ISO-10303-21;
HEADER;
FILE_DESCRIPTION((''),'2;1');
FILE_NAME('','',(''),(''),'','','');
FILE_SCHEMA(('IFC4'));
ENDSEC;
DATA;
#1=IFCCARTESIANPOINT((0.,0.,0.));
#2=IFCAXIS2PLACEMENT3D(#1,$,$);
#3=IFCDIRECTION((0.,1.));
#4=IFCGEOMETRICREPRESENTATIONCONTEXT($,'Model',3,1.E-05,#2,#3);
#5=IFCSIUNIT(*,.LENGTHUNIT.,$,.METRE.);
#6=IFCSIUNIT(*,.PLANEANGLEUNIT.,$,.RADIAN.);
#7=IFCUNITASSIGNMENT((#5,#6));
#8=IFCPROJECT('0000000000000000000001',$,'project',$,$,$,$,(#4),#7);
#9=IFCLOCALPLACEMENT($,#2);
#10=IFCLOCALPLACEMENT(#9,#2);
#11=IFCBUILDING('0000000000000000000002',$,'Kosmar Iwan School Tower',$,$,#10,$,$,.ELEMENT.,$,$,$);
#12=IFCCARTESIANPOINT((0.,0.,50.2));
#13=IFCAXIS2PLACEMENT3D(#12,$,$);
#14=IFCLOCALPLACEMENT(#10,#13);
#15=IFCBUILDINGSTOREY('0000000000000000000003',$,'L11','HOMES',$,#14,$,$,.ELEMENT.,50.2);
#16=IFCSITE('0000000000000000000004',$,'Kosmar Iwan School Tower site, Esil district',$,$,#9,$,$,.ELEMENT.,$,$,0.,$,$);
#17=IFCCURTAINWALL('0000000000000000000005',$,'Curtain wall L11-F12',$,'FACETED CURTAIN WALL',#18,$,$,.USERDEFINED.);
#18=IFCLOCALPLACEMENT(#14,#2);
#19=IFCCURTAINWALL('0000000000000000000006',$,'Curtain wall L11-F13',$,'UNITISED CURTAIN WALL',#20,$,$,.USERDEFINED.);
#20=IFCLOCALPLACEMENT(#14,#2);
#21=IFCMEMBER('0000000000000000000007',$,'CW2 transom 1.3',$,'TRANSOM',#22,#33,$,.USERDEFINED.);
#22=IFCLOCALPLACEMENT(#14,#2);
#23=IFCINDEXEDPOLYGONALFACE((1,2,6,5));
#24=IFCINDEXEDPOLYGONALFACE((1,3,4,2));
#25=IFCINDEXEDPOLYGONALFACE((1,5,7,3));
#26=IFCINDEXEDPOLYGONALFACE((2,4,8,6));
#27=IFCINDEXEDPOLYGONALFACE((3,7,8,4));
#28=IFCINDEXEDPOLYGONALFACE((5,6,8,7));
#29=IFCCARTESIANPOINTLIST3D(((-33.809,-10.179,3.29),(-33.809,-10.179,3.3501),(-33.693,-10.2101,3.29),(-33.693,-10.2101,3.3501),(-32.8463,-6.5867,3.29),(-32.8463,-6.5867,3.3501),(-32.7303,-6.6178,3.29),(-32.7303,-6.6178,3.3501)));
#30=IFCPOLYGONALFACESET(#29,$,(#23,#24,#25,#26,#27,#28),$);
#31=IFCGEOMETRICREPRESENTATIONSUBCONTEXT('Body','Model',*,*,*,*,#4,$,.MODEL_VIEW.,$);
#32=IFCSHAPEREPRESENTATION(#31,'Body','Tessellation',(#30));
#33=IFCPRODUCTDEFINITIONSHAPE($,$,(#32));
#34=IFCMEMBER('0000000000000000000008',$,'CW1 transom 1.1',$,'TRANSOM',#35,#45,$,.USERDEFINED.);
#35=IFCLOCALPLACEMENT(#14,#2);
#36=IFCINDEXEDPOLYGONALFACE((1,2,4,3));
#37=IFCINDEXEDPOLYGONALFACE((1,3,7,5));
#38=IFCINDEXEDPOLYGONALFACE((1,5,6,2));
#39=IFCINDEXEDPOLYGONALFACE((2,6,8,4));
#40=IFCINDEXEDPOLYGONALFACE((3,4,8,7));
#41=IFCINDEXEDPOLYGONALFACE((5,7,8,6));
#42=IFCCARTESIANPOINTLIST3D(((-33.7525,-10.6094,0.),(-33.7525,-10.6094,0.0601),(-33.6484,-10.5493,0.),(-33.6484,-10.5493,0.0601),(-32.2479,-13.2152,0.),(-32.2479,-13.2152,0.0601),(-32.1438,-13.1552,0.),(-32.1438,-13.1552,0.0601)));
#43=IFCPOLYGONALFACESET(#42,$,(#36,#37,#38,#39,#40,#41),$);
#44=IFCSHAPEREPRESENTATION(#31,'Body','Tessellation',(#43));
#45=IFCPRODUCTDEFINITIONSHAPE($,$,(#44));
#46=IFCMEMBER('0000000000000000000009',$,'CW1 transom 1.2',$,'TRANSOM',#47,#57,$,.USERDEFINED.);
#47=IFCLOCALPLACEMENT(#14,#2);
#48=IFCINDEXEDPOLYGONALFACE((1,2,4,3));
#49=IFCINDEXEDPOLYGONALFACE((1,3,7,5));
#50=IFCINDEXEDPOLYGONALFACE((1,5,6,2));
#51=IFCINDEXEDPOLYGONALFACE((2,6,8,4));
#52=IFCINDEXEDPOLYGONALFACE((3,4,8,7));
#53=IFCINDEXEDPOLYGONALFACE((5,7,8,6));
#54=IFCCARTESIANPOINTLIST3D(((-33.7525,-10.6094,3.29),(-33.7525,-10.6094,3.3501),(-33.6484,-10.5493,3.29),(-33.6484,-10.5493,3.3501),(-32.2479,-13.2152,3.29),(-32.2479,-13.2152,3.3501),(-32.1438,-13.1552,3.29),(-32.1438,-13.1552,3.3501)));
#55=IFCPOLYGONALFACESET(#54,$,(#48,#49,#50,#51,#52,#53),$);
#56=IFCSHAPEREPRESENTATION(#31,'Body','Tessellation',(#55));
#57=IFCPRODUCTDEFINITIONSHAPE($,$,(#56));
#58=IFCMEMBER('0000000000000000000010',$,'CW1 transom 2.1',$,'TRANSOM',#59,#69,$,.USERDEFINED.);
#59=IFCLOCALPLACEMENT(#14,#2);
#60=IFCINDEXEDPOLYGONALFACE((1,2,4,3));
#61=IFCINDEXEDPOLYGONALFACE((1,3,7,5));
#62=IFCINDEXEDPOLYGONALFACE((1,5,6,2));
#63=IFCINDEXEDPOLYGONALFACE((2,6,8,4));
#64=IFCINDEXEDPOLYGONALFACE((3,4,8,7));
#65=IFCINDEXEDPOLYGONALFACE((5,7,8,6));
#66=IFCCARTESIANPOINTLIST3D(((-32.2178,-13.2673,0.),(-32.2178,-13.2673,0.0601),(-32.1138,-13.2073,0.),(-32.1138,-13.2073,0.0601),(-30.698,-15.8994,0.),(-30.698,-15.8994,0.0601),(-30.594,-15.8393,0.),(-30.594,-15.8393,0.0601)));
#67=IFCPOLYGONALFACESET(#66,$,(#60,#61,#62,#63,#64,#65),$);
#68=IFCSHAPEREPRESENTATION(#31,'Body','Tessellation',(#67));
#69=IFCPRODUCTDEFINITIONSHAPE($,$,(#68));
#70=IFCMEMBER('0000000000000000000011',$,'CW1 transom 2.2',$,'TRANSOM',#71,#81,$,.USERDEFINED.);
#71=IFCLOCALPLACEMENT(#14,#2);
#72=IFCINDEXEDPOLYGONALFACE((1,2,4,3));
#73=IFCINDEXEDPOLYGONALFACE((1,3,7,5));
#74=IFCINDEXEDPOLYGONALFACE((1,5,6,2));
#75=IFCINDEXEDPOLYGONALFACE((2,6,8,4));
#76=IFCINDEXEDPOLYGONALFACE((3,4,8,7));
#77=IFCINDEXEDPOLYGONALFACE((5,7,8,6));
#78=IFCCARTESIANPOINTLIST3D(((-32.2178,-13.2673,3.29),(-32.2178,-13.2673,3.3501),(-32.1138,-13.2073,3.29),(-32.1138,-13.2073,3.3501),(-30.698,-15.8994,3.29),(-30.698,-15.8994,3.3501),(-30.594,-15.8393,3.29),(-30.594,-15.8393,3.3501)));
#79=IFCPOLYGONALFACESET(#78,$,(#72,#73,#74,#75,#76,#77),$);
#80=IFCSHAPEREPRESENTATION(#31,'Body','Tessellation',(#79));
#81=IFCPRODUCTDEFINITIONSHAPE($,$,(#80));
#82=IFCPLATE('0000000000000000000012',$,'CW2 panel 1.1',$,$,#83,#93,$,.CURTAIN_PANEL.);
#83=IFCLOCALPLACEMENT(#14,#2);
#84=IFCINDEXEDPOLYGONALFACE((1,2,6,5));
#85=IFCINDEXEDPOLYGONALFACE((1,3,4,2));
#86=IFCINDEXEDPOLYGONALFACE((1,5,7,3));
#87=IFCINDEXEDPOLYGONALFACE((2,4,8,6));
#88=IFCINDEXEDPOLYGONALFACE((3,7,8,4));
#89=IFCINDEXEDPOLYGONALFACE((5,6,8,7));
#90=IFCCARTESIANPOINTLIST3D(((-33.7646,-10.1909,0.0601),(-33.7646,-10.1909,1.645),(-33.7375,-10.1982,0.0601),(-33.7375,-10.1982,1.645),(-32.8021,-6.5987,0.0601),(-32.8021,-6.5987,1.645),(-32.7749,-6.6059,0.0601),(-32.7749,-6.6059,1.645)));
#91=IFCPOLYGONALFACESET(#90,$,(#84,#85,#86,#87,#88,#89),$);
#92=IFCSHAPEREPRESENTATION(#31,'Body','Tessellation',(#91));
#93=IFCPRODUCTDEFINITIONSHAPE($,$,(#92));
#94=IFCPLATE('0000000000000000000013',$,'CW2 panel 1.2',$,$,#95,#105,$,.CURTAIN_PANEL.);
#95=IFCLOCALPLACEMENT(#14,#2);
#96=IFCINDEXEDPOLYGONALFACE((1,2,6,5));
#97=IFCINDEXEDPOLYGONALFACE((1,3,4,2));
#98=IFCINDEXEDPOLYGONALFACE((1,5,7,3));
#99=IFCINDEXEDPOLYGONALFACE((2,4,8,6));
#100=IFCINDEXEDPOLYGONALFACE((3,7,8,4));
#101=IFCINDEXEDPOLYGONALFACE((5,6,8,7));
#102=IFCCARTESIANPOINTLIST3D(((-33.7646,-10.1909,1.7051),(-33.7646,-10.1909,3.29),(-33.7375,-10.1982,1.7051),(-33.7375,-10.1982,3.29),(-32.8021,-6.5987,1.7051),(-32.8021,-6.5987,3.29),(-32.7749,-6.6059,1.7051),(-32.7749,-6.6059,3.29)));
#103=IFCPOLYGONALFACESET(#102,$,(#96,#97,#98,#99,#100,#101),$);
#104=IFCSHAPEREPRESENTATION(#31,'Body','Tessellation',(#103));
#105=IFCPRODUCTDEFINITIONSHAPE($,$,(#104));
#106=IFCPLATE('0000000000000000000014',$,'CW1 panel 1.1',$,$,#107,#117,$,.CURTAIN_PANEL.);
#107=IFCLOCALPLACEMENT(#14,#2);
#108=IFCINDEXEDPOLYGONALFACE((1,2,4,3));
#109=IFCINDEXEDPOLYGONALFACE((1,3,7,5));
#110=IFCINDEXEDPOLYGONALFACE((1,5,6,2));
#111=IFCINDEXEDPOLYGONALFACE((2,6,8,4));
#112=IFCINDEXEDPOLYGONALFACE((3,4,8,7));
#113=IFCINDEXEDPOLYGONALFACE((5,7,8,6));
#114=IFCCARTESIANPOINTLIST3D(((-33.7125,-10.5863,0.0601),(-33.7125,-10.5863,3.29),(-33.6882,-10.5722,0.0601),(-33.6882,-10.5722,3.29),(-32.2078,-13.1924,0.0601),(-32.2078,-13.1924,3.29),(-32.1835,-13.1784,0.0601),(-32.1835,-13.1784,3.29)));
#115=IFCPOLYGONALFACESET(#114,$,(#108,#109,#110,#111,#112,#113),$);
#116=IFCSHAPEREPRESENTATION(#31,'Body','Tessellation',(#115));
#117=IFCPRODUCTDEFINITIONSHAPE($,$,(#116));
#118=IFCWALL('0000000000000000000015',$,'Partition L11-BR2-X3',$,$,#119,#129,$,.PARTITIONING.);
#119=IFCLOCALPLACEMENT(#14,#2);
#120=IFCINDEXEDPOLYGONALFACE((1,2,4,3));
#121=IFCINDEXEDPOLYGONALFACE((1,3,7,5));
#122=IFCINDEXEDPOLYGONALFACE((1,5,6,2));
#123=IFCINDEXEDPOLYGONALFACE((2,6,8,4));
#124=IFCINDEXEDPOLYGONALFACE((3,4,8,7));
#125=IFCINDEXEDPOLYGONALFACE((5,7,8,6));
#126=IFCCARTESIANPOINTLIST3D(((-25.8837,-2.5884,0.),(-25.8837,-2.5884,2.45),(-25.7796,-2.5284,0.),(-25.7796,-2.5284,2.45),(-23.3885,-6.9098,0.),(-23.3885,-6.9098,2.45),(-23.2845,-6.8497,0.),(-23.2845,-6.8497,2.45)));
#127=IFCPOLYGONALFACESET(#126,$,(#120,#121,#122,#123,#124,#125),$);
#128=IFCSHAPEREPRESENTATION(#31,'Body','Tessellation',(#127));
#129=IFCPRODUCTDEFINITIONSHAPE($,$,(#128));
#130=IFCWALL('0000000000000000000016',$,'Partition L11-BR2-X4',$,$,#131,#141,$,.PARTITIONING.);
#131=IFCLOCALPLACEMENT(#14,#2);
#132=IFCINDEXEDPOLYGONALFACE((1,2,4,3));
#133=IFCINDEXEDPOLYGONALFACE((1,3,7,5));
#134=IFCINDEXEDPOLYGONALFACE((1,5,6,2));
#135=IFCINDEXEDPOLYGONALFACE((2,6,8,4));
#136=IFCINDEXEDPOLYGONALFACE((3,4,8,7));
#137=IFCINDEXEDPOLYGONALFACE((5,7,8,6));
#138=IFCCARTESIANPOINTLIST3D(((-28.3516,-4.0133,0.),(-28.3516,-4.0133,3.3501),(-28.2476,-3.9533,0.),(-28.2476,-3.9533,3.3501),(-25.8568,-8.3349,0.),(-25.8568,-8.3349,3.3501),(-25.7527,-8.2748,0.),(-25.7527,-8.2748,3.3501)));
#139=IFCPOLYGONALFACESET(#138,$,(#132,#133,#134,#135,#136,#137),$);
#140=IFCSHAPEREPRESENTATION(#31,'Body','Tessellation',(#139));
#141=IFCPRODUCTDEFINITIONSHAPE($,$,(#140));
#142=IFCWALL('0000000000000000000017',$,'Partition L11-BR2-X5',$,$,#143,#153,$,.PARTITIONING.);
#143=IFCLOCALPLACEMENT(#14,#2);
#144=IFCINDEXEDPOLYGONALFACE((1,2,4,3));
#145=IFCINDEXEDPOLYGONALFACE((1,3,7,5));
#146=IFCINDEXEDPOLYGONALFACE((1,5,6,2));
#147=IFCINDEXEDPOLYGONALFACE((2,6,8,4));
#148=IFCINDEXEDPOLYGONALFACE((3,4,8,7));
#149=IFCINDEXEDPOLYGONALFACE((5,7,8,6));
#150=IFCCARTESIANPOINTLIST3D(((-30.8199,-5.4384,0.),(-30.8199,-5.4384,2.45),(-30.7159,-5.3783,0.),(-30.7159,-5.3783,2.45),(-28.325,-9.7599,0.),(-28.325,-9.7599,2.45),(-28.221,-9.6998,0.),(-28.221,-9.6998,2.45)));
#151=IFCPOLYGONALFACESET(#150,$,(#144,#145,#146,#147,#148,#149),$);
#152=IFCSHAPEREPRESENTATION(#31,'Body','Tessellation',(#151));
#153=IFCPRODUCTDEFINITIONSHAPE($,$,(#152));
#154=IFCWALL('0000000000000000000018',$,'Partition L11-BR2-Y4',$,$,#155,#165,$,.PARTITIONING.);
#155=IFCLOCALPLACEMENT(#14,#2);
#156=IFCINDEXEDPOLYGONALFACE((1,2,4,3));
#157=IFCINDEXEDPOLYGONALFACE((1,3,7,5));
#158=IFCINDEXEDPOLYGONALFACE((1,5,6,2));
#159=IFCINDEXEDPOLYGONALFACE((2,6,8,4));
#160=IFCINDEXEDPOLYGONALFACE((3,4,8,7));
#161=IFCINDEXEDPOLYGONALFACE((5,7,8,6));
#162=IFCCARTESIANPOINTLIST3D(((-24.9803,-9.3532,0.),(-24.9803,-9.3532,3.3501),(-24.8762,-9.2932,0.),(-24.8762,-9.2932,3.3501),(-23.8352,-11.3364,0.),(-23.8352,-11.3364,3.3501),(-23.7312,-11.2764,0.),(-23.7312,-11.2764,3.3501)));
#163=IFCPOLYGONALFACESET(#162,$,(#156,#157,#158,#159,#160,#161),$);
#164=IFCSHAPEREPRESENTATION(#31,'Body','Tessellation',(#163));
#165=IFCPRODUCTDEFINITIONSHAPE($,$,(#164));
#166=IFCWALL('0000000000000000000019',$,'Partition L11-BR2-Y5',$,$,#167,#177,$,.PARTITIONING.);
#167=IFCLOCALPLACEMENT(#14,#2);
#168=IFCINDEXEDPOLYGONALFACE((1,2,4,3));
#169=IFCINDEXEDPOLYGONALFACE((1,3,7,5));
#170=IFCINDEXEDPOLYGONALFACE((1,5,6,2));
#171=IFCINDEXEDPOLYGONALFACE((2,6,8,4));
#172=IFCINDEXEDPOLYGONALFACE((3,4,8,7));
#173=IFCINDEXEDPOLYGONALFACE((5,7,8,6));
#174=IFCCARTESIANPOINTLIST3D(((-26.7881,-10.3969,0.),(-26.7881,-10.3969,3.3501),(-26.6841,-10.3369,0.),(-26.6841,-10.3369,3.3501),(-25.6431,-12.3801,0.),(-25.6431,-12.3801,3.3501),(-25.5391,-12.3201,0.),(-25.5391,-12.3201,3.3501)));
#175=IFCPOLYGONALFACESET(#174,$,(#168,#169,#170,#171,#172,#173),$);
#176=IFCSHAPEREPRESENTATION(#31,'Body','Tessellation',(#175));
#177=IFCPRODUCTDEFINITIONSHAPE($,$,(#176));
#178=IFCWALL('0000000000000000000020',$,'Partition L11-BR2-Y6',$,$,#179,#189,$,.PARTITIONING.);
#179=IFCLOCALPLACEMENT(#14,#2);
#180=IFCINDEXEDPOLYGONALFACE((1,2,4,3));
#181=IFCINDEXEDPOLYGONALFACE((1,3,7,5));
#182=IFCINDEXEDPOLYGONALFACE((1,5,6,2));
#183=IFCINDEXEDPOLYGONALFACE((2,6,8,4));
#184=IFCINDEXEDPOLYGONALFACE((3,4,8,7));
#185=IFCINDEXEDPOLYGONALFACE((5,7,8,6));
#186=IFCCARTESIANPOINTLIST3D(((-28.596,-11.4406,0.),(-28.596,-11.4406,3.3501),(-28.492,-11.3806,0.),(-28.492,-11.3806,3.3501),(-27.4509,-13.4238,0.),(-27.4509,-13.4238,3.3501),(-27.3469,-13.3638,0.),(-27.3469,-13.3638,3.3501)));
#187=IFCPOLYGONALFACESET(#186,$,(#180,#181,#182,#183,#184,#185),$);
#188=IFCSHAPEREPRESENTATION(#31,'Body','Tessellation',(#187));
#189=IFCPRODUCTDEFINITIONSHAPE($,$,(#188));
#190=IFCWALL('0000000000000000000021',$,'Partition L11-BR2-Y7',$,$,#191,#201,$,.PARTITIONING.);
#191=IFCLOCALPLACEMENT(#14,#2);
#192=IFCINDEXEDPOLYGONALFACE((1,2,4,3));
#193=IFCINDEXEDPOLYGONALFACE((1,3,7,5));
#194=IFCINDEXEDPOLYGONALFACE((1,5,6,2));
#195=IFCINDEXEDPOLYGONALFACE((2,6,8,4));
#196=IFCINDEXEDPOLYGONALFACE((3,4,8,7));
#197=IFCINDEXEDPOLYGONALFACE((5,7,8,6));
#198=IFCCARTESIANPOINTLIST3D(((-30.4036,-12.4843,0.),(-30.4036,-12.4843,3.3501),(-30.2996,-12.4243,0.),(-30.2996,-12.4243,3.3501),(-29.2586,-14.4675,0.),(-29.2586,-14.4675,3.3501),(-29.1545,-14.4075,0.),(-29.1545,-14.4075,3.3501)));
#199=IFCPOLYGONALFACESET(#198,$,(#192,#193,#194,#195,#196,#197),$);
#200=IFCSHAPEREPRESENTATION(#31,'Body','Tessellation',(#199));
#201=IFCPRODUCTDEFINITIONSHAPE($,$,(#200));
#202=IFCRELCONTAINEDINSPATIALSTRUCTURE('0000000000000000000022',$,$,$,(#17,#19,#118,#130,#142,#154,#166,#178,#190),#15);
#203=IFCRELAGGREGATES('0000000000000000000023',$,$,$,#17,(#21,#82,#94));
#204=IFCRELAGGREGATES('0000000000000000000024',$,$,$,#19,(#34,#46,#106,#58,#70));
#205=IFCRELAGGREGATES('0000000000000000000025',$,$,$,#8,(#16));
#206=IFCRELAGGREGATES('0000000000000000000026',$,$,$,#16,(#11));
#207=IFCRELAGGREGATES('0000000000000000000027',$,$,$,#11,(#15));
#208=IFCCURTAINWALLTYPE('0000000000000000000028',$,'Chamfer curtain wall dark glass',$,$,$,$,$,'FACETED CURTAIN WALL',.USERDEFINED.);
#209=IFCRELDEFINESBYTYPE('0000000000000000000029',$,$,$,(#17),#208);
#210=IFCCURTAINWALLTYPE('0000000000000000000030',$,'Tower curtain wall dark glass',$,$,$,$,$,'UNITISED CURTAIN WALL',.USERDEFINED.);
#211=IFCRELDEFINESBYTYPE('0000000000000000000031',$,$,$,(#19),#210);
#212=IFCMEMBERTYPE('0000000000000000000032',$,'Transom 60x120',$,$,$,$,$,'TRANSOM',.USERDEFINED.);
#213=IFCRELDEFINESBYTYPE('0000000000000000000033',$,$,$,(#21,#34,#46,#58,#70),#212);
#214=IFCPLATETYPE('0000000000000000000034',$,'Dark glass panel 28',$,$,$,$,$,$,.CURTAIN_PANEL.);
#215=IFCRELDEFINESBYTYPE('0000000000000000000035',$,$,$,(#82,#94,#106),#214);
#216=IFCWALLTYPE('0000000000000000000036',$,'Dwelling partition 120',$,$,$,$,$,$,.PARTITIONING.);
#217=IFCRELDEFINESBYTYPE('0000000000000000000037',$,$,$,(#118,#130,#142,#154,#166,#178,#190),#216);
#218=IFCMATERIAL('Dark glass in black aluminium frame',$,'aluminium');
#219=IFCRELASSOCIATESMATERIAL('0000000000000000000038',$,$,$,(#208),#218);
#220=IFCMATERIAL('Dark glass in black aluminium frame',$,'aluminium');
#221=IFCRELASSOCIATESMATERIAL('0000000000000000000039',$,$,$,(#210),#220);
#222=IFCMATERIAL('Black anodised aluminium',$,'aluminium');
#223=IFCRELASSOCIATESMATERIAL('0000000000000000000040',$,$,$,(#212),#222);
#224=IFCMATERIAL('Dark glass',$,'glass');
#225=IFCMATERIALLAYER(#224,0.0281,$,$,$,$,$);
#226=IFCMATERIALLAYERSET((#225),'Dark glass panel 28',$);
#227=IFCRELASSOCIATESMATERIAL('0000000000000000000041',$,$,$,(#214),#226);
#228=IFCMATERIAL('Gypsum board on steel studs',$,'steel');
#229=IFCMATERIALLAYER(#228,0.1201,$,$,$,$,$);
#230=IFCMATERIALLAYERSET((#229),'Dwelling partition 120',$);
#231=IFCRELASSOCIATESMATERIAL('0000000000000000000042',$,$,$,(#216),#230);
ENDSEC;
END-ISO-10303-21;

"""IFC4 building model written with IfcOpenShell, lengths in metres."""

from ifc_helpers import new_model, si_unit, direction, frame, frame_2d, origin, origin_2d, place, context, subcontext, project, spatial, rectangle, extrude, material, layer, layer_set, material_profile, profile_set, type_object, element, aggregate, save


model = new_model("IFC4")

# Units and contexts
model_context = context("Model", 3, precision=1e-05, world=origin(), true_north=direction((0.0, 1.0)))
body_context = subcontext(model_context, "Body", "Model", "MODEL_VIEW")
ifc_project = project(units=[si_unit("LENGTHUNIT", "METRE"), si_unit("PLANEANGLEUNIT", "RADIAN")], contexts=[model_context])

# Site, building, storey
site_placement = place(None, origin())
site = spatial("IfcSite", under=ifc_project, at=site_placement, Name="Kosmar Iwan School Tower site, Esil district", CompositionType="ELEMENT", RefElevation=0.0)
building_placement = place(site_placement, origin())
building = spatial("IfcBuilding", under=site, at=building_placement, Name="Kosmar Iwan School Tower", CompositionType="ELEMENT")
storey_placement = place(building_placement, frame((0.0, 0.0, 50.2)))
storey = spatial("IfcBuildingStorey", under=building, at=storey_placement, Name="L11", Description="HOMES", CompositionType="ELEMENT", Elevation=50.2)

# Curtain walls
ifc_material_1 = material(Name="Dark glass in black aluminium frame", Category="aluminium")
curtain_wall_type_1 = type_object("IfcCurtainWallType", Name="Chamfer curtain wall dark glass", ElementType="FACETED CURTAIN WALL", PredefinedType="USERDEFINED", material=ifc_material_1)
curtain_wall_1_placement = place(storey_placement, origin())
curtain_wall_1 = element("IfcCurtainWall", 1, at=curtain_wall_1_placement, inside=storey, type_object=curtain_wall_type_1, Name="Curtain wall L11-F12", ObjectType="FACETED CURTAIN WALL", PredefinedType="USERDEFINED")
ifc_material_2 = material(Name="Dark glass in black aluminium frame", Category="aluminium")
curtain_wall_type_2 = type_object("IfcCurtainWallType", Name="Tower curtain wall dark glass", ElementType="UNITISED CURTAIN WALL", PredefinedType="USERDEFINED", material=ifc_material_2)
curtain_wall_2_placement = place(storey_placement, origin())
curtain_wall_2 = element("IfcCurtainWall", 2, at=curtain_wall_2_placement, inside=storey, type_object=curtain_wall_type_2, Name="Curtain wall L11-F13", ObjectType="UNITISED CURTAIN WALL", PredefinedType="USERDEFINED")

# Members
ifc_material_3 = material(Name="Black anodised aluminium", Category="aluminium")
ifc_material_profile_1 = material_profile(ifc_material_3, rectangle(XDim=0.1201, YDim=0.0601, at=origin_2d()), Name="TRANSOM 60x120")
ifc_profile_set_1 = profile_set([ifc_material_profile_1], Name="Black anodised aluminium")
member_type_1 = type_object("IfcMemberType", Name="Transom 60x120", ElementType="TRANSOM", PredefinedType="USERDEFINED", material=ifc_profile_set_1)
member_1_placement = place(storey_placement, frame((-32.7883, -6.6023, 3.3201), z_axis=(-0.258843, -0.965919, 0.0), x_axis=(0.965919, -0.258843, 0.0)))
member_1 = element("IfcMember", 3, at=member_1_placement, type_object=member_type_1, Name="CW2 transom 1.3", ObjectType="TRANSOM", PredefinedType="USERDEFINED", context=body_context, shape_type="SweptSolid", body=[
    extrude(rectangle(XDim=0.1201, YDim=0.0601, at=origin_2d()), origin(), (0.0, 0.0, 1.0), 3.719),
])
member_2_placement = place(storey_placement, frame((-33.7004, -10.5793, 0.03), z_axis=(0.500022, -0.866013, 0.0), x_axis=(0.866013, 0.500022, 0.0)))
member_2 = element("IfcMember", 4, at=member_2_placement, type_object=member_type_1, Name="CW1 transom 1.1", ObjectType="TRANSOM", PredefinedType="USERDEFINED", context=body_context, shape_type="SweptSolid", body=[
    extrude(rectangle(XDim=0.1201, YDim=0.0601, at=origin_2d()), origin(), (0.0, 0.0, 1.0), 3.009),
])
member_3_placement = place(storey_placement, frame((-33.7004, -10.5793, 3.3201), z_axis=(0.500022, -0.866013, 0.0), x_axis=(0.866013, 0.500022, 0.0)))
member_3 = element("IfcMember", 5, at=member_3_placement, type_object=member_type_1, Name="CW1 transom 1.2", ObjectType="TRANSOM", PredefinedType="USERDEFINED", context=body_context, shape_type="SweptSolid", body=[
    extrude(rectangle(XDim=0.1201, YDim=0.0601, at=origin_2d()), origin(), (0.0, 0.0, 1.0), 3.009),
])
member_4_placement = place(storey_placement, frame((-32.1658, -13.2373, 0.03), z_axis=(0.500035, -0.866005, 0.0), x_axis=(0.866005, 0.500035, 0.0)))
member_4 = element("IfcMember", 6, at=member_4_placement, type_object=member_type_1, Name="CW1 transom 2.1", ObjectType="TRANSOM", PredefinedType="USERDEFINED", context=body_context, shape_type="SweptSolid", body=[
    extrude(rectangle(XDim=0.1201, YDim=0.0601, at=origin_2d()), origin(), (0.0, 0.0, 1.0), 3.0393),
])
member_5_placement = place(storey_placement, frame((-32.1658, -13.2373, 3.3201), z_axis=(0.500035, -0.866005, 0.0), x_axis=(0.866005, 0.500035, 0.0)))
member_5 = element("IfcMember", 7, at=member_5_placement, type_object=member_type_1, Name="CW1 transom 2.2", ObjectType="TRANSOM", PredefinedType="USERDEFINED", context=body_context, shape_type="SweptSolid", body=[
    extrude(rectangle(XDim=0.1201, YDim=0.0601, at=origin_2d()), origin(), (0.0, 0.0, 1.0), 3.0393),
])

# Plates
ifc_material_4 = material(Name="Dark glass", Category="glass")
ifc_layer_1 = layer(ifc_material_4, 0.0281)
ifc_layer_set_1 = layer_set([ifc_layer_1], Name="Dark glass panel 28")
plate_type = type_object("IfcPlateType", Name="Dark glass panel 28", PredefinedType="CURTAIN_PANEL", material=ifc_layer_set_1)
plate_1_placement = place(storey_placement, frame((-33.2698, -8.3984, 0.0601), z_axis=(0.0, 0.0, 1.0), x_axis=(-0.258819, -0.965926, 0.0)))
plate_1 = element("IfcPlate", 8, at=plate_1_placement, type_object=plate_type, Name="CW2 panel 1.1", PredefinedType="CURTAIN_PANEL", context=body_context, shape_type="SweptSolid", body=[
    extrude(rectangle(XDim=3.719, YDim=0.0281, at=origin_2d()), origin(), (0.0, 0.0, 1.0), 1.585),
])
plate_2_placement = place(storey_placement, frame((-33.2698, -8.3984, 1.7051), z_axis=(0.0, 0.0, 1.0), x_axis=(-0.258819, -0.965926, 0.0)))
plate_2 = element("IfcPlate", 9, at=plate_2_placement, type_object=plate_type, Name="CW2 panel 1.2", PredefinedType="CURTAIN_PANEL", context=body_context, shape_type="SweptSolid", body=[
    extrude(rectangle(XDim=3.719, YDim=0.0281, at=origin_2d()), origin(), (0.0, 0.0, 1.0), 1.585),
])
aggregate(curtain_wall_1, [member_1, plate_1, plate_2])
plate_3_placement = place(storey_placement, frame((-32.948, -11.8823, 0.0601), z_axis=(0.0, 0.0, 1.0), x_axis=(0.5, -0.866025, 0.0)))
plate_3 = element("IfcPlate", 10, at=plate_3_placement, type_object=plate_type, Name="CW1 panel 1.1", PredefinedType="CURTAIN_PANEL", context=body_context, shape_type="SweptSolid", body=[
    extrude(rectangle(XDim=3.0093, YDim=0.0281, at=origin_2d()), origin(), (0.0, 0.0, 1.0), 3.23),
])
aggregate(curtain_wall_2, [member_2, member_3, plate_3, member_4, member_5])

# Walls
ifc_material_5 = material(Name="Gypsum board on steel studs", Category="steel")
ifc_layer_2 = layer(ifc_material_5, 0.1201)
ifc_layer_set_2 = layer_set([ifc_layer_2], Name="Dwelling partition 120")
wall_type = type_object("IfcWallType", Name="Dwelling partition 120", PredefinedType="PARTITIONING", material=ifc_layer_set_2)
wall_1_placement = place(storey_placement, frame((-23.3364, -6.8799, 0.0), z_axis=(0.0, 0.0, 1.0), x_axis=(-0.500033, 0.866006, 0.0)))
element("IfcWall", 11, at=wall_1_placement, inside=storey, type_object=wall_type, Name="Partition L11-BR2-X3", PredefinedType="PARTITIONING", context=body_context, shape_type="SweptSolid", body=[
    extrude(rectangle(XDim=4.99, YDim=0.1201, at=frame_2d((2.4951, 0.0))), origin(), (0.0, 0.0, 1.0), 2.45),
])
wall_2_placement = place(storey_placement, frame((-25.8047, -8.3049, 0.0), z_axis=(0.0, 0.0, 1.0), x_axis=(-0.499975, 0.86604, 0.0)))
element("IfcWall", 12, at=wall_2_placement, inside=storey, type_object=wall_type, Name="Partition L11-BR2-X4", PredefinedType="PARTITIONING", context=body_context, shape_type="SweptSolid", body=[
    extrude(rectangle(XDim=4.99, YDim=0.1201, at=frame_2d((2.4951, 0.0))), origin(), (0.0, 0.0, 1.0), 3.3501),
])
wall_3_placement = place(storey_placement, frame((-28.2729, -9.73, 0.0), z_axis=(0.0, 0.0, 1.0), x_axis=(-0.499975, 0.86604, 0.0)))
element("IfcWall", 13, at=wall_3_placement, inside=storey, type_object=wall_type, Name="Partition L11-BR2-X5", PredefinedType="PARTITIONING", context=body_context, shape_type="SweptSolid", body=[
    extrude(rectangle(XDim=4.99, YDim=0.1201, at=frame_2d((2.4951, 0.0))), origin(), (0.0, 0.0, 1.0), 2.45),
])
for number, where, z_axis, x_axis, name in (
    (14, (-23.7832, -11.3064, 0.0), (0.0, 0.0, 1.0), (-0.500015, 0.866017, 0.0), "Partition L11-BR2-Y4"),
    (15, (-25.5911, -12.3501, 0.0), (0.0, 0.0, 1.0), (-0.500015, 0.866017, 0.0), "Partition L11-BR2-Y5"),
    (16, (-27.3989, -13.3938, 0.0), (0.0, 0.0, 1.0), (-0.500015, 0.866017, 0.0), "Partition L11-BR2-Y6"),
    (17, (-29.2065, -14.4375, 0.0), (0.0, 0.0, 1.0), (-0.500015, 0.866017, 0.0), "Partition L11-BR2-Y7"),
):
    element("IfcWall", number, at=place(storey_placement, frame(where, z_axis=z_axis, x_axis=x_axis)), inside=storey, type_object=wall_type, Name=name, PredefinedType="PARTITIONING", context=body_context, shape_type="SweptSolid", body=[
        extrude(rectangle(XDim=2.29, YDim=0.1201, at=frame_2d((1.145, 0.0))), origin(), (0.0, 0.0, 1.0), 3.3501),
    ])

save(model, "model.ifc")
